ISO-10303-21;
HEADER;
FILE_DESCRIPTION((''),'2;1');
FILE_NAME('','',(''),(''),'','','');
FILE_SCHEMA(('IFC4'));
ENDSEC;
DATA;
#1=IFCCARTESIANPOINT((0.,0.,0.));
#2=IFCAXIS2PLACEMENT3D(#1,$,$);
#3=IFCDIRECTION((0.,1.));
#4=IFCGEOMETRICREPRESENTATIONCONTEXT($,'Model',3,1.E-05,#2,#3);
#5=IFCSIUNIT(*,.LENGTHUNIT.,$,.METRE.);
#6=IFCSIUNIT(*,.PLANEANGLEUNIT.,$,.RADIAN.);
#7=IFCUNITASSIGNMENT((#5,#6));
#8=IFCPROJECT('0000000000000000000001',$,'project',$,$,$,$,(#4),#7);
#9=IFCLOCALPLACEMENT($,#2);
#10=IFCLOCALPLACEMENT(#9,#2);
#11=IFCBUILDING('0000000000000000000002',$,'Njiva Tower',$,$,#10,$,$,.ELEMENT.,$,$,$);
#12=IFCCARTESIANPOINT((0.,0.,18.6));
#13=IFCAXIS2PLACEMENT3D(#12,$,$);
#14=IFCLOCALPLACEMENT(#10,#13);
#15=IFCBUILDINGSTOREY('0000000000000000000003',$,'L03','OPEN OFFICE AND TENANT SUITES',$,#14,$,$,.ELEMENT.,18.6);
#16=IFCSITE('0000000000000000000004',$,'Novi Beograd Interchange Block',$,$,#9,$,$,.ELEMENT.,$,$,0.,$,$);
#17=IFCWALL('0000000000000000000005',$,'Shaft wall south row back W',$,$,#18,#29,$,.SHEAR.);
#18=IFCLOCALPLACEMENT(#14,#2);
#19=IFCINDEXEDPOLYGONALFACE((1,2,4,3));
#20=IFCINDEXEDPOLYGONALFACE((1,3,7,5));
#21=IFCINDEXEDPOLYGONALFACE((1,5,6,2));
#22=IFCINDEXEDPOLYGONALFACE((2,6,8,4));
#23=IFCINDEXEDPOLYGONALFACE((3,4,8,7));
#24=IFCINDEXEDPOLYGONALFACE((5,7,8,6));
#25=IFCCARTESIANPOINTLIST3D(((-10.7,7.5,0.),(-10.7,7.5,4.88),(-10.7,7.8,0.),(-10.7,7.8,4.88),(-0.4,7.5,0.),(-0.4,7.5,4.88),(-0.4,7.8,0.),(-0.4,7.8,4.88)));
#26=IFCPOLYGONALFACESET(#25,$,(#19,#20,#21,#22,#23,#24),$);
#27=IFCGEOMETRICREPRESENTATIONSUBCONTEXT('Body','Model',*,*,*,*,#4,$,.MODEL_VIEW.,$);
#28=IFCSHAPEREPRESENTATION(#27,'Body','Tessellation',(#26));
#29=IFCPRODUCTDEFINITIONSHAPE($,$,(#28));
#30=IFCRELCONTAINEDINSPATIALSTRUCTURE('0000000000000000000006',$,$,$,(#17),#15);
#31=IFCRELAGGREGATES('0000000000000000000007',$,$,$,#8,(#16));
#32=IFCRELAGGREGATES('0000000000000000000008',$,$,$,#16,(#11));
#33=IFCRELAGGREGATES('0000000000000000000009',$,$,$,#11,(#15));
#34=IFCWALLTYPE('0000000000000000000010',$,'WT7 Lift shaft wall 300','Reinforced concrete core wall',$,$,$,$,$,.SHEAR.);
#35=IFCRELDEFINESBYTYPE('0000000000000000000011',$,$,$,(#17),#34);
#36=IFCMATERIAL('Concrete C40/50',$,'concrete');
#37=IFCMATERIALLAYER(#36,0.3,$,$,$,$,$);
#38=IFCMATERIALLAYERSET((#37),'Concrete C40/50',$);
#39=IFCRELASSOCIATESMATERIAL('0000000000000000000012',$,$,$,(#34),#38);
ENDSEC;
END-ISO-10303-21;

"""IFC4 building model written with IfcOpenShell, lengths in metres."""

from ifc_helpers import new_model, si_unit, direction, frame, frame_2d, origin, place, context, subcontext, project, spatial, rectangle, extrude, material, layer, layer_set, type_object, element, save


model = new_model("IFC4")

# Units and contexts
model_context = context("Model", 3, precision=1e-05, world=origin(), true_north=direction((0.0, 1.0)))
body_context = subcontext(model_context, "Body", "Model", "MODEL_VIEW")
ifc_project = project(units=[si_unit("LENGTHUNIT", "METRE"), si_unit("PLANEANGLEUNIT", "RADIAN")], contexts=[model_context])

# Site, building, storey
site_placement = place(None, origin())
site = spatial("IfcSite", under=ifc_project, at=site_placement, Name="Novi Beograd Interchange Block", CompositionType="ELEMENT", RefElevation=0.0)
building_placement = place(site_placement, origin())
building = spatial("IfcBuilding", under=site, at=building_placement, Name="Njiva Tower", CompositionType="ELEMENT")
storey_placement = place(building_placement, frame((0.0, 0.0, 18.6)))
storey = spatial("IfcBuildingStorey", under=building, at=storey_placement, Name="L03", Description="OPEN OFFICE AND TENANT SUITES", CompositionType="ELEMENT", Elevation=18.6)

# Shared definitions
ifc_material_1 = material(Name="Concrete C40/50", Category="concrete")

# Wall
ifc_layer_1 = layer(ifc_material_1, 0.3)
ifc_layer_set_1 = layer_set([ifc_layer_1], Name="Concrete C40/50")
wall_type_1 = type_object("IfcWallType", Name="WT7 Lift shaft wall 300", Description="Reinforced concrete core wall", PredefinedType="SHEAR", material=ifc_layer_set_1)
wall_1_placement = place(storey_placement, frame((-10.7, 7.65, 0.0), z_axis=(0.0, 0.0, 1.0), x_axis=(1.0, 0.0, 0.0)))
element("IfcWall", 1, at=wall_1_placement, inside=storey, type_object=wall_type_1, Name="Shaft wall south row back W", PredefinedType="SHEAR", context=body_context, shape_type="SweptSolid", body=[
    extrude(rectangle(XDim=10.3, YDim=0.3, at=frame_2d((5.15, 0.0))), origin(), (0.0, 0.0, 1.0), 4.88),
])

save(model, "model.ifc")
